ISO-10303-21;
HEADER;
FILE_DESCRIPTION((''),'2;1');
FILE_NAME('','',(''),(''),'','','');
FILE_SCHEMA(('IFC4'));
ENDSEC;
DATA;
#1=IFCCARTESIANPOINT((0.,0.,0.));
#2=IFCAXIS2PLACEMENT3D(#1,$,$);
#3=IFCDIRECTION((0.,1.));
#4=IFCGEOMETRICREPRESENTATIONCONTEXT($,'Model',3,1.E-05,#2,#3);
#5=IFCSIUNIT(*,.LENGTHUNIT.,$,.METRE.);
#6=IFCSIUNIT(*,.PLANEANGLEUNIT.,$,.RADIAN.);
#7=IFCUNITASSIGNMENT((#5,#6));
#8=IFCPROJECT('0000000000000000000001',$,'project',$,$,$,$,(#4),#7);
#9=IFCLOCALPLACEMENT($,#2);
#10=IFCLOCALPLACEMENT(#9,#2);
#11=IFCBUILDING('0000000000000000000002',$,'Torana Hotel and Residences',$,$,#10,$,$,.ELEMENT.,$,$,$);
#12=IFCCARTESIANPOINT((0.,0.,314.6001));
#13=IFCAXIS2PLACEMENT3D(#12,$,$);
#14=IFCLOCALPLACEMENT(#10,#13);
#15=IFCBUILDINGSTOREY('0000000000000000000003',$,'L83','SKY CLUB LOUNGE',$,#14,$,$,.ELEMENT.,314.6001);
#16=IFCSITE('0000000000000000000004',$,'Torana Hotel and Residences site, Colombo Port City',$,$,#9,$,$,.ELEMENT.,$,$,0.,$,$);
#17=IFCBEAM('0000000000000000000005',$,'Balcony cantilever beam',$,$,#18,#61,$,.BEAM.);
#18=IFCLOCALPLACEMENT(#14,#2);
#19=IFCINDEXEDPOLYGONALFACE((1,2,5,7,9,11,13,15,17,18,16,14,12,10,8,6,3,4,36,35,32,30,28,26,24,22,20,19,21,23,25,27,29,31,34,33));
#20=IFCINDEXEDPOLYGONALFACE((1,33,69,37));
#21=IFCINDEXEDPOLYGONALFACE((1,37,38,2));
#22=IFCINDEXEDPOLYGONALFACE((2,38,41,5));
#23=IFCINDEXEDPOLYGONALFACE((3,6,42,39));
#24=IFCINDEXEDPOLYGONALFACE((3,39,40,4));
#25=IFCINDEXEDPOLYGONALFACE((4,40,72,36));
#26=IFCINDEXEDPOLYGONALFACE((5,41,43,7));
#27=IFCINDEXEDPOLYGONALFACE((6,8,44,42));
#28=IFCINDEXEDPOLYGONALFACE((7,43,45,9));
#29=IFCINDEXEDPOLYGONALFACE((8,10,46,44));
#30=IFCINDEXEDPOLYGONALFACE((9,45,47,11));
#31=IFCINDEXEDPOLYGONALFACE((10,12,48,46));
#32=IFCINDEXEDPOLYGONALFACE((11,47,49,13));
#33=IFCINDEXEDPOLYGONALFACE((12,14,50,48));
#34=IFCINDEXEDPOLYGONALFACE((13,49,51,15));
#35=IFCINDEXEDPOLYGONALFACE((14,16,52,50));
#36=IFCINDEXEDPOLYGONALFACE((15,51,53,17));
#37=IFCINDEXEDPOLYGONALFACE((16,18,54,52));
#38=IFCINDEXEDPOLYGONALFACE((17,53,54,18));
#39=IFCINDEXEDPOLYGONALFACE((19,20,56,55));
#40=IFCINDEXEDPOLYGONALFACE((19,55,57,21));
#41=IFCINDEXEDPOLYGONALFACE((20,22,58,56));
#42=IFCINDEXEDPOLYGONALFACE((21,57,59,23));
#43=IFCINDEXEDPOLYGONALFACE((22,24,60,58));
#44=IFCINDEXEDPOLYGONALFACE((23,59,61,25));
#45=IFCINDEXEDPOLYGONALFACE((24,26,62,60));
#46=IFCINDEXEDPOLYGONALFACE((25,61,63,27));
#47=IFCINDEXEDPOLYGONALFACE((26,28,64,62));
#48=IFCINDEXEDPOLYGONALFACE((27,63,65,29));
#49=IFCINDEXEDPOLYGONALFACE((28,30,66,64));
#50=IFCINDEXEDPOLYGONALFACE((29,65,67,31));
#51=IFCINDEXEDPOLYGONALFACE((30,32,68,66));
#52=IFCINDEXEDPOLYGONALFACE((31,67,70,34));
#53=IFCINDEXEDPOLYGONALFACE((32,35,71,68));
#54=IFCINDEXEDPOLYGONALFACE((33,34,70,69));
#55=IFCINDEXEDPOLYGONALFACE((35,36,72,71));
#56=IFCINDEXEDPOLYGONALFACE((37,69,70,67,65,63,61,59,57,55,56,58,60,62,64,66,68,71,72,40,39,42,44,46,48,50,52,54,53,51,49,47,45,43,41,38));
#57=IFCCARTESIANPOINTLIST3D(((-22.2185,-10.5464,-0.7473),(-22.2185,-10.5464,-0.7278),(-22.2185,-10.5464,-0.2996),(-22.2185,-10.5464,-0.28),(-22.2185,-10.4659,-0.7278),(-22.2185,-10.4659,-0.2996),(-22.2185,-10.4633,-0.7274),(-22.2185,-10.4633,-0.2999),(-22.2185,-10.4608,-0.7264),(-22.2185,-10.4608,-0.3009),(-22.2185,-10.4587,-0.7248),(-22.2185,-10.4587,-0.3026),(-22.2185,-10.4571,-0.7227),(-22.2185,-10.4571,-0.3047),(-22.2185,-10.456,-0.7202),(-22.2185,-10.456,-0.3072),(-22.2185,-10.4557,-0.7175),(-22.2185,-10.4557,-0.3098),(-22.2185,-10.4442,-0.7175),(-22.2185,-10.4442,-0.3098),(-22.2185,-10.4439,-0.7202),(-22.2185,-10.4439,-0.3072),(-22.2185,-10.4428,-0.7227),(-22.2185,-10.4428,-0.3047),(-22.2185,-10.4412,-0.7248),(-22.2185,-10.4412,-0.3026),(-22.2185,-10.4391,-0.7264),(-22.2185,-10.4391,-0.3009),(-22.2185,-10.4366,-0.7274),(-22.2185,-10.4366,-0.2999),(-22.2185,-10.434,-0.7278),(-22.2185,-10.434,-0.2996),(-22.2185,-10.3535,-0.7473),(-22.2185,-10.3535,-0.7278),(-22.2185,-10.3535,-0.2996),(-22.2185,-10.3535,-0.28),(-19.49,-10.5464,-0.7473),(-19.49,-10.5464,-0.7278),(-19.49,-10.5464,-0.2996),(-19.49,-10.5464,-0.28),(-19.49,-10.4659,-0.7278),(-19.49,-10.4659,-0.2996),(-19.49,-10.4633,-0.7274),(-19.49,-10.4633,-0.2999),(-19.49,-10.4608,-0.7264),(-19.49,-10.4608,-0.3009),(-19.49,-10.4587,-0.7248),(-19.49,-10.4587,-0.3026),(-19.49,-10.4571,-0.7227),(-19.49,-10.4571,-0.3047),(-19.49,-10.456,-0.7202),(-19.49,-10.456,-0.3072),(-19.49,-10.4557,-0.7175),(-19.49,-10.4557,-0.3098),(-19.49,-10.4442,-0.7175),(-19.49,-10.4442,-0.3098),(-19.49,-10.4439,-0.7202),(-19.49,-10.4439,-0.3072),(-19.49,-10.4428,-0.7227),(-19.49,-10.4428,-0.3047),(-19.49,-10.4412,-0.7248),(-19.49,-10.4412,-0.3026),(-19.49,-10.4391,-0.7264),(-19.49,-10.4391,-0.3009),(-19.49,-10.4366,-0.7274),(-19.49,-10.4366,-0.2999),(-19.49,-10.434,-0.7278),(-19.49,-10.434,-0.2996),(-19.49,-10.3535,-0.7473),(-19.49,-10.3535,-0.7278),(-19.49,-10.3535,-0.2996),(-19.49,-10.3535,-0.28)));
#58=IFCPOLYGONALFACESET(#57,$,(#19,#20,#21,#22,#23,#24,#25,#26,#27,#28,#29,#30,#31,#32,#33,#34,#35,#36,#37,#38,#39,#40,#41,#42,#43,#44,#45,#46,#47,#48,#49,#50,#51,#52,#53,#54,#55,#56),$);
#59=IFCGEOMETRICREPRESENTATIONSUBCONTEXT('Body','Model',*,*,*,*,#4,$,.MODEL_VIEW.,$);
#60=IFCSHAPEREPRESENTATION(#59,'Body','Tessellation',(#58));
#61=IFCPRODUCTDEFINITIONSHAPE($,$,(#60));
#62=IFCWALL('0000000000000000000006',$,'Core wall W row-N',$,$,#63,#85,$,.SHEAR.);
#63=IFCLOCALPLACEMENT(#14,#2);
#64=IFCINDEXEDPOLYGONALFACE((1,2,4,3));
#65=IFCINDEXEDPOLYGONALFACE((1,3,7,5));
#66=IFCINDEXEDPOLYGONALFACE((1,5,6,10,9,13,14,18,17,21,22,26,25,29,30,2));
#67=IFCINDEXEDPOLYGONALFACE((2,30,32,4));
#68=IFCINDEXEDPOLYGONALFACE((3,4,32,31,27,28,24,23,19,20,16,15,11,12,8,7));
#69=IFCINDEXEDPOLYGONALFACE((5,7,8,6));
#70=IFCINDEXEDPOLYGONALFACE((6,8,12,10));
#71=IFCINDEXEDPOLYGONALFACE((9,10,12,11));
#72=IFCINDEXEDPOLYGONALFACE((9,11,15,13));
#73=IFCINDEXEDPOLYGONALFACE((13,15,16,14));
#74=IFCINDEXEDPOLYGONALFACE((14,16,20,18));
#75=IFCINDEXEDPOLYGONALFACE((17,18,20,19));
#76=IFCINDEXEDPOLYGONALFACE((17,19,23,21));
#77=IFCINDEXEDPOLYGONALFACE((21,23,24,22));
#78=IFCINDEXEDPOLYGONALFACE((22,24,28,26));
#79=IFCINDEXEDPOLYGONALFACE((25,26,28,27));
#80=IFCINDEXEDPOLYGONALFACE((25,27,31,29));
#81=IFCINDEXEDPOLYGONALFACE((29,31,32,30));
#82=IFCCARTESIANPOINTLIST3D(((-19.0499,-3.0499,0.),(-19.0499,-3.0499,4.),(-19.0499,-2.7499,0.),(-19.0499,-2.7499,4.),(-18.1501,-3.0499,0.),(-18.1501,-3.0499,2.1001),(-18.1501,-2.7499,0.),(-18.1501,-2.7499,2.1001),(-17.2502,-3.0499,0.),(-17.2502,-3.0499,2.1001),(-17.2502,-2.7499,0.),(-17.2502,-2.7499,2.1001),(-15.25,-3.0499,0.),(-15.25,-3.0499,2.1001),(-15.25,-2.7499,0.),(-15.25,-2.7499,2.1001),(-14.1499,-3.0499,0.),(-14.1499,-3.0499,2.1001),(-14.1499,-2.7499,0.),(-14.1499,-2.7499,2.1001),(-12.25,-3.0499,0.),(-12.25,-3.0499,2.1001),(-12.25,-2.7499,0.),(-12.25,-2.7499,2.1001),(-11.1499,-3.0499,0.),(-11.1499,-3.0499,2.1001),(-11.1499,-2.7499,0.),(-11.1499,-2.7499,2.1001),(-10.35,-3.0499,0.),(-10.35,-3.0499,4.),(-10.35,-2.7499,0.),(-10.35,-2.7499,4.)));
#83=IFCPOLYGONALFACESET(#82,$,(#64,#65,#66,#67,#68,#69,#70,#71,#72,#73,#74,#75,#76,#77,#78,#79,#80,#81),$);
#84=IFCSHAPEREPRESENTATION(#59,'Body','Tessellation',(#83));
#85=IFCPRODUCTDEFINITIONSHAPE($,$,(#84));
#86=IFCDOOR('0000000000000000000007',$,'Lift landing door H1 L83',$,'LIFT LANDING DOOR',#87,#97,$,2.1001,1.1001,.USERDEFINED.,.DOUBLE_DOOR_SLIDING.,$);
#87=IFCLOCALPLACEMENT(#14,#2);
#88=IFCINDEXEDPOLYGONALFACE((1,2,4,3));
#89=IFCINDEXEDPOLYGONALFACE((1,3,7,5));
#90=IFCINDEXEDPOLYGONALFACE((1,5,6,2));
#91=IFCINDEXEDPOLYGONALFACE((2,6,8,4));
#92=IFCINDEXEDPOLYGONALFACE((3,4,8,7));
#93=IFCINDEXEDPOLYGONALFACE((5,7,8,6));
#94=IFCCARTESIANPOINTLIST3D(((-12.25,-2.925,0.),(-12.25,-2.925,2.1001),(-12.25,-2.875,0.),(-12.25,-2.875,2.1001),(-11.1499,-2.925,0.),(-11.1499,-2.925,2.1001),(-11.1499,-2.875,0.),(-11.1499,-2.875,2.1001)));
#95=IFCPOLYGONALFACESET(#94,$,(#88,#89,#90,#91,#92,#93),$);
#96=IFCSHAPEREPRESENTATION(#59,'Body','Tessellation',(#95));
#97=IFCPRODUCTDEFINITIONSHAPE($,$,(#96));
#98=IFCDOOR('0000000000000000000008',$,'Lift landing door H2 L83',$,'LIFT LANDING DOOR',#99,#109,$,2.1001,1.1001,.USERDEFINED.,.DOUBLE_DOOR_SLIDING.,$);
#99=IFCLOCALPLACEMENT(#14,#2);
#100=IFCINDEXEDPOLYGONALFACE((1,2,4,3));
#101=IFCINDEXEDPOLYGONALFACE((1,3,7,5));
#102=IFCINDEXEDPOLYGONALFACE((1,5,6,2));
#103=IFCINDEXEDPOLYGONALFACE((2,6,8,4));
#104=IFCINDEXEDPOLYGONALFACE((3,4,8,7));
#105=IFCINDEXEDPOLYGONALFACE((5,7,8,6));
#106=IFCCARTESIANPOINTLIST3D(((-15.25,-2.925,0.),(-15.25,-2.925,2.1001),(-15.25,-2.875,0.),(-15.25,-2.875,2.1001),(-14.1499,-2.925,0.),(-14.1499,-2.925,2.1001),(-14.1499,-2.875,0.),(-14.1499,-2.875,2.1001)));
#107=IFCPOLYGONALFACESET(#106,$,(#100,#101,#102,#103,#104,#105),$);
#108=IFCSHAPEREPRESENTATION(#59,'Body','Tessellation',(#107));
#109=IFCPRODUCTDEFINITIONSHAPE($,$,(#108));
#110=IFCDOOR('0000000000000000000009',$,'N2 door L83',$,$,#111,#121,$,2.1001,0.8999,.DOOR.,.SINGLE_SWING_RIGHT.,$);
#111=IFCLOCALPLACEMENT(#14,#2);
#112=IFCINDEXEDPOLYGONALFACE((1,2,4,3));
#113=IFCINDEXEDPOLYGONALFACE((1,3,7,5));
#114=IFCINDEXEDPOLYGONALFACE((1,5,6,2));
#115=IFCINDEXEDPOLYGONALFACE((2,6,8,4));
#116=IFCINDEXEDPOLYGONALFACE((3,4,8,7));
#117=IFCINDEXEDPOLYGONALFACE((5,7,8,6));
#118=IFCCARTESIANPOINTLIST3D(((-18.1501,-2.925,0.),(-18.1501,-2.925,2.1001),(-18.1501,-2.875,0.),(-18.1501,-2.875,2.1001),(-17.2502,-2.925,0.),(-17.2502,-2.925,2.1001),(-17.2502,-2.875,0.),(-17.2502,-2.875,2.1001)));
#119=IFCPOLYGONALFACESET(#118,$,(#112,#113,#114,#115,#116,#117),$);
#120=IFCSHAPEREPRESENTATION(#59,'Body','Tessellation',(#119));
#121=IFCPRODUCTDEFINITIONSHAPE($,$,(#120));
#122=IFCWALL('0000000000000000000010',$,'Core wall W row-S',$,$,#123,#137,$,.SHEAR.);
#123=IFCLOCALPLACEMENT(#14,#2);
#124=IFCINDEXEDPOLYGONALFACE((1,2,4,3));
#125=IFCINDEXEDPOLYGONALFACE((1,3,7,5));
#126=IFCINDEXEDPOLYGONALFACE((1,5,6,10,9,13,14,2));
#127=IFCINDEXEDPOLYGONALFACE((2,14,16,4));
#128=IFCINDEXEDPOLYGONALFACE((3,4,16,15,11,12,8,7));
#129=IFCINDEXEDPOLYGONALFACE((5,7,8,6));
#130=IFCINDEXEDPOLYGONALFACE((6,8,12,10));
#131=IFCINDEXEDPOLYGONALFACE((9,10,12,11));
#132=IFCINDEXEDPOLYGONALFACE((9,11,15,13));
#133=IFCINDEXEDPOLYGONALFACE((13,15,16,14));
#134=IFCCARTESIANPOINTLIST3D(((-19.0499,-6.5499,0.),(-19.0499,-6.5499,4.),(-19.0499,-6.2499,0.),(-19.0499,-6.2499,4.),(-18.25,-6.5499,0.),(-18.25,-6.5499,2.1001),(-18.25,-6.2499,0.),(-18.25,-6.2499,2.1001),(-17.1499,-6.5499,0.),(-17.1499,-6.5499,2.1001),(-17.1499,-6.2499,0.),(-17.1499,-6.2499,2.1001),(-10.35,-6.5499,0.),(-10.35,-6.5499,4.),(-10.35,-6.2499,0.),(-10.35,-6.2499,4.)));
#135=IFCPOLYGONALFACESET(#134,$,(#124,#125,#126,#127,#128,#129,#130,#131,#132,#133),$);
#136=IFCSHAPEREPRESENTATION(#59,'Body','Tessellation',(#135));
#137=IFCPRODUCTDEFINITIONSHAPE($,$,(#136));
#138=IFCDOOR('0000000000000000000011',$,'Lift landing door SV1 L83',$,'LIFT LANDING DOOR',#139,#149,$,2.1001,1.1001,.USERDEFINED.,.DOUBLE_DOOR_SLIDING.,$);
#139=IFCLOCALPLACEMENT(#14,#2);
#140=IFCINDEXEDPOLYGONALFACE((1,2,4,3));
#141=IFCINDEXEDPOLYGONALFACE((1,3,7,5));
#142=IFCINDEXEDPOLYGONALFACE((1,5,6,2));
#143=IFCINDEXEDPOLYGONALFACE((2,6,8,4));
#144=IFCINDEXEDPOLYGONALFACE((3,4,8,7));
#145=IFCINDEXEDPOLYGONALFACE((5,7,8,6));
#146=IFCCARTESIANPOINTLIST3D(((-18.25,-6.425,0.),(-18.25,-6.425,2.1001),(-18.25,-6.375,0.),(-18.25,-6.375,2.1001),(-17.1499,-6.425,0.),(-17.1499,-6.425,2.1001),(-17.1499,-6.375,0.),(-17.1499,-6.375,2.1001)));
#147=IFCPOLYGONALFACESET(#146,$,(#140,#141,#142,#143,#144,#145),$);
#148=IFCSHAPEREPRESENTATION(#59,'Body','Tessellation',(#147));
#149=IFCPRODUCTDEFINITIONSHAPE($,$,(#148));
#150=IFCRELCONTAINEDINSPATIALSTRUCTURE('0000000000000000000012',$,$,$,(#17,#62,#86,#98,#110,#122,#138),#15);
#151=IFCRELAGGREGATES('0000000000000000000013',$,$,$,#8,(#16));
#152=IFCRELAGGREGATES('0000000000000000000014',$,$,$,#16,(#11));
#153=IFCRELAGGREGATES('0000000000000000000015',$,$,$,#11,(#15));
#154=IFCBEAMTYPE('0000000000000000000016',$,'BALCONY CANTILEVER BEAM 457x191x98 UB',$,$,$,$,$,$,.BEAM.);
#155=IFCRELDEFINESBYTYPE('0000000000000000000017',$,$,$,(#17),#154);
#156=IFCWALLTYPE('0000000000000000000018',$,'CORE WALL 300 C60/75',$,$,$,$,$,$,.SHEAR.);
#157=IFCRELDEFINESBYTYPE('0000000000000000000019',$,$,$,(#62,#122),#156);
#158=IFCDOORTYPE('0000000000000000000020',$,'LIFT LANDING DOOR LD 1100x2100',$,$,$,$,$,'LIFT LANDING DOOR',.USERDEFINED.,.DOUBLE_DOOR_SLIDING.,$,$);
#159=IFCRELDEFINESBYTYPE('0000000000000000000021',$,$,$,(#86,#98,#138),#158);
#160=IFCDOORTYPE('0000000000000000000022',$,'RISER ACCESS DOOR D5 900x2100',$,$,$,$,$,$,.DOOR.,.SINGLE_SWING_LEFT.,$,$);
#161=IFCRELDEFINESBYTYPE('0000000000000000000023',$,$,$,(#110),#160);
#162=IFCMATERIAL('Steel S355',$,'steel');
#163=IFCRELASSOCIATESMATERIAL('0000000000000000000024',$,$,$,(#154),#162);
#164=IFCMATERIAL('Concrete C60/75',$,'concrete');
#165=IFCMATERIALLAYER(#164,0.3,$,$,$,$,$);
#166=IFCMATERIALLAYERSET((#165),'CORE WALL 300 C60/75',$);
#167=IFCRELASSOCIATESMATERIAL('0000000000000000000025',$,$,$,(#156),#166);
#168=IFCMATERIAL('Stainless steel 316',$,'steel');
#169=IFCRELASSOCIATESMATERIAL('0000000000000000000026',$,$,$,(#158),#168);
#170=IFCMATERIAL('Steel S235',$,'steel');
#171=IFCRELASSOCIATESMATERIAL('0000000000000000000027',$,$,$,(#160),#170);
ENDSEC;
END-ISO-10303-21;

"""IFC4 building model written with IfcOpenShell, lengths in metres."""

from ifc_helpers import new_model, si_unit, direction, frame, frame_2d, origin, origin_2d, place, context, subcontext, project, spatial, rectangle, i_section, extrude, material, layer, layer_set, material_profile, profile_set, type_object, element, fill, save


model = new_model("IFC4")

# Units and contexts
model_context = context("Model", 3, precision=1e-05, world=origin(), true_north=direction((0.0, 1.0)))
body_context = subcontext(model_context, "Body", "Model", "MODEL_VIEW")
ifc_project = project(units=[si_unit("LENGTHUNIT", "METRE"), si_unit("PLANEANGLEUNIT", "RADIAN")], contexts=[model_context])

# Site, building, storey
site_placement = place(None, origin())
site = spatial("IfcSite", under=ifc_project, at=site_placement, Name="Torana Hotel and Residences site, Colombo Port City", CompositionType="ELEMENT", RefElevation=0.0)
building_placement = place(site_placement, origin())
building = spatial("IfcBuilding", under=site, at=building_placement, Name="Torana Hotel and Residences", CompositionType="ELEMENT")
storey_placement = place(building_placement, frame((0.0, 0.0, 314.6001)))
storey = spatial("IfcBuildingStorey", under=building, at=storey_placement, Name="L83", Description="SKY CLUB LOUNGE", CompositionType="ELEMENT", Elevation=314.6001)

# Beam
ifc_material_1 = material(Name="Steel S355", Category="steel")
ifc_material_profile = material_profile(ifc_material_1, i_section(OverallWidth=0.1929, OverallDepth=0.4673, WebThickness=0.0115, FlangeThickness=0.0195, FilletRadius=0.0103, at=origin_2d()), Name="457x191x98 UB")
ifc_profile_set = profile_set([ifc_material_profile], Name="Steel S355")
beam_type = type_object("IfcBeamType", Name="BALCONY CANTILEVER BEAM 457x191x98 UB", PredefinedType="BEAM", material=ifc_profile_set)
beam_placement = place(storey_placement, frame((-19.49, -10.45, -0.5137), z_axis=(-1.0, 0.0, 0.0), x_axis=(0.0, -1.0, 0.0)))
element("IfcBeam", 1, at=beam_placement, inside=storey, type_object=beam_type, Name="Balcony cantilever beam", PredefinedType="BEAM", context=body_context, shape_type="SweptSolid", body=[
    extrude(i_section(OverallWidth=0.1929, OverallDepth=0.4673, WebThickness=0.0115, FlangeThickness=0.0195, FilletRadius=0.0103, at=origin_2d()), origin(), (0.0, 0.0, 1.0), 2.7285),
])

# Wall, openings, doors
ifc_material_2 = material(Name="Concrete C60/75", Category="concrete")
ifc_layer_1 = layer(ifc_material_2, 0.3)
ifc_layer_set_1 = layer_set([ifc_layer_1], Name="CORE WALL 300 C60/75")
wall_type_1 = type_object("IfcWallType", Name="CORE WALL 300 C60/75", PredefinedType="SHEAR", material=ifc_layer_set_1)
wall_1_placement = place(storey_placement, frame((-19.05, -2.8999, 0.0), z_axis=(0.0, 0.0, 1.0), x_axis=(1.0, 0.0, 0.0)))
wall_1 = element("IfcWall", 2, at=wall_1_placement, inside=storey, type_object=wall_type_1, Name="Core wall W row-N", PredefinedType="SHEAR", context=body_context, shape_type="SweptSolid", body=[
    extrude(rectangle(XDim=8.7, YDim=0.3, at=frame_2d((4.3501, 0.0))), origin(), (0.0, 0.0, 1.0), 4.0),
])
opening_1_placement = place(wall_1_placement, frame((6.8, 0.0, 0.0)))
opening_1 = element("IfcOpeningElement", 3, at=opening_1_placement, cuts=wall_1, PredefinedType="OPENING", context=body_context, shape_type="SweptSolid", body=[
    extrude(rectangle(XDim=1.1001, YDim=2.1001, at=frame_2d((0.55, 1.05))), frame((0.0, 0.1599, 0.0), z_axis=(0.0, -1.0, 0.0), x_axis=(1.0, 0.0, 0.0)), (0.0, 0.0, 1.0), 0.3201),
])
opening_2_placement = place(wall_1_placement, frame((3.8, 0.0, 0.0)))
opening_2 = element("IfcOpeningElement", 4, at=opening_2_placement, cuts=wall_1, PredefinedType="OPENING", context=body_context, shape_type="SweptSolid", body=[
    extrude(rectangle(XDim=1.1001, YDim=2.1001, at=frame_2d((0.55, 1.05))), frame((0.0, 0.1599, 0.0), z_axis=(0.0, -1.0, 0.0), x_axis=(1.0, 0.0, 0.0)), (0.0, 0.0, 1.0), 0.3201),
])
opening_3_placement = place(wall_1_placement, frame((0.8999, 0.0, 0.0)))
opening_3 = element("IfcOpeningElement", 5, at=opening_3_placement, cuts=wall_1, PredefinedType="OPENING", context=body_context, shape_type="SweptSolid", body=[
    extrude(rectangle(XDim=0.8999, YDim=2.1001, at=frame_2d((0.45, 1.05))), frame((0.0, 0.1599, 0.0), z_axis=(0.0, -1.0, 0.0), x_axis=(1.0, 0.0, 0.0)), (0.0, 0.0, 1.0), 0.3201),
])
ifc_material_3 = material(Name="Stainless steel 316", Category="steel")
door_type_1 = type_object("IfcDoorType", Name="LIFT LANDING DOOR LD 1100x2100", ElementType="LIFT LANDING DOOR", OperationType="DOUBLE_DOOR_SLIDING", PredefinedType="USERDEFINED", material=ifc_material_3)
door_1_placement = place(opening_1_placement, origin())
door_1 = element("IfcDoor", 6, at=door_1_placement, inside=storey, type_object=door_type_1, Name="Lift landing door H1 L83", ObjectType="LIFT LANDING DOOR", OperationType="DOUBLE_DOOR_SLIDING", OverallHeight=2.1001, OverallWidth=1.1001, PredefinedType="USERDEFINED", context=body_context, shape_type="SweptSolid", body=[
    extrude(rectangle(XDim=1.1001, YDim=2.1001, at=frame_2d((0.55, 1.05))), frame((0.0, 0.0249, 0.0), z_axis=(0.0, -1.0, 0.0), x_axis=(1.0, 0.0, 0.0)), (0.0, 0.0, 1.0), 0.05),
])
fill(opening_1, door_1)
door_2_placement = place(opening_2_placement, origin())
door_2 = element("IfcDoor", 7, at=door_2_placement, inside=storey, type_object=door_type_1, Name="Lift landing door H2 L83", ObjectType="LIFT LANDING DOOR", OperationType="DOUBLE_DOOR_SLIDING", OverallHeight=2.1001, OverallWidth=1.1001, PredefinedType="USERDEFINED", context=body_context, shape_type="SweptSolid", body=[
    extrude(rectangle(XDim=1.1001, YDim=2.1001, at=frame_2d((0.55, 1.05))), frame((0.0, 0.0249, 0.0), z_axis=(0.0, -1.0, 0.0), x_axis=(1.0, 0.0, 0.0)), (0.0, 0.0, 1.0), 0.05),
])
fill(opening_2, door_2)
ifc_material_4 = material(Name="Steel S235", Category="steel")
door_type_2 = type_object("IfcDoorType", Name="RISER ACCESS DOOR D5 900x2100", OperationType="SINGLE_SWING_LEFT", PredefinedType="DOOR", material=ifc_material_4)
door_3_placement = place(opening_3_placement, origin())
door_3 = element("IfcDoor", 8, at=door_3_placement, inside=storey, type_object=door_type_2, Name="N2 door L83", OperationType="SINGLE_SWING_RIGHT", OverallHeight=2.1001, OverallWidth=0.8999, PredefinedType="DOOR", context=body_context, shape_type="SweptSolid", body=[
    extrude(rectangle(XDim=0.8999, YDim=2.1001, at=frame_2d((0.45, 1.05))), frame((0.0, 0.0249, 0.0), z_axis=(0.0, -1.0, 0.0), x_axis=(1.0, 0.0, 0.0)), (0.0, 0.0, 1.0), 0.05),
])
fill(opening_3, door_3)

# Wall, opening, door
wall_2_placement = place(storey_placement, frame((-19.05, -6.3999, 0.0), z_axis=(0.0, 0.0, 1.0), x_axis=(1.0, 0.0, 0.0)))
wall_2 = element("IfcWall", 9, at=wall_2_placement, inside=storey, type_object=wall_type_1, Name="Core wall W row-S", PredefinedType="SHEAR", context=body_context, shape_type="SweptSolid", body=[
    extrude(rectangle(XDim=8.7, YDim=0.3, at=frame_2d((4.3501, 0.0))), origin(), (0.0, 0.0, 1.0), 4.0),
])
opening_4_placement = place(wall_2_placement, frame((0.8, 0.0, 0.0)))
opening_4 = element("IfcOpeningElement", 10, at=opening_4_placement, cuts=wall_2, PredefinedType="OPENING", context=body_context, shape_type="SweptSolid", body=[
    extrude(rectangle(XDim=1.1001, YDim=2.1001, at=frame_2d((0.55, 1.05))), frame((0.0, 0.1599, 0.0), z_axis=(0.0, -1.0, 0.0), x_axis=(1.0, 0.0, 0.0)), (0.0, 0.0, 1.0), 0.3201),
])
door_4_placement = place(opening_4_placement, origin())
door_4 = element("IfcDoor", 11, at=door_4_placement, inside=storey, type_object=door_type_1, Name="Lift landing door SV1 L83", ObjectType="LIFT LANDING DOOR", OperationType="DOUBLE_DOOR_SLIDING", OverallHeight=2.1001, OverallWidth=1.1001, PredefinedType="USERDEFINED", context=body_context, shape_type="SweptSolid", body=[
    extrude(rectangle(XDim=1.1001, YDim=2.1001, at=frame_2d((0.55, 1.05))), frame((0.0, 0.0249, 0.0), z_axis=(0.0, -1.0, 0.0), x_axis=(1.0, 0.0, 0.0)), (0.0, 0.0, 1.0), 0.05),
])
fill(opening_4, door_4)

save(model, "model.ifc")
